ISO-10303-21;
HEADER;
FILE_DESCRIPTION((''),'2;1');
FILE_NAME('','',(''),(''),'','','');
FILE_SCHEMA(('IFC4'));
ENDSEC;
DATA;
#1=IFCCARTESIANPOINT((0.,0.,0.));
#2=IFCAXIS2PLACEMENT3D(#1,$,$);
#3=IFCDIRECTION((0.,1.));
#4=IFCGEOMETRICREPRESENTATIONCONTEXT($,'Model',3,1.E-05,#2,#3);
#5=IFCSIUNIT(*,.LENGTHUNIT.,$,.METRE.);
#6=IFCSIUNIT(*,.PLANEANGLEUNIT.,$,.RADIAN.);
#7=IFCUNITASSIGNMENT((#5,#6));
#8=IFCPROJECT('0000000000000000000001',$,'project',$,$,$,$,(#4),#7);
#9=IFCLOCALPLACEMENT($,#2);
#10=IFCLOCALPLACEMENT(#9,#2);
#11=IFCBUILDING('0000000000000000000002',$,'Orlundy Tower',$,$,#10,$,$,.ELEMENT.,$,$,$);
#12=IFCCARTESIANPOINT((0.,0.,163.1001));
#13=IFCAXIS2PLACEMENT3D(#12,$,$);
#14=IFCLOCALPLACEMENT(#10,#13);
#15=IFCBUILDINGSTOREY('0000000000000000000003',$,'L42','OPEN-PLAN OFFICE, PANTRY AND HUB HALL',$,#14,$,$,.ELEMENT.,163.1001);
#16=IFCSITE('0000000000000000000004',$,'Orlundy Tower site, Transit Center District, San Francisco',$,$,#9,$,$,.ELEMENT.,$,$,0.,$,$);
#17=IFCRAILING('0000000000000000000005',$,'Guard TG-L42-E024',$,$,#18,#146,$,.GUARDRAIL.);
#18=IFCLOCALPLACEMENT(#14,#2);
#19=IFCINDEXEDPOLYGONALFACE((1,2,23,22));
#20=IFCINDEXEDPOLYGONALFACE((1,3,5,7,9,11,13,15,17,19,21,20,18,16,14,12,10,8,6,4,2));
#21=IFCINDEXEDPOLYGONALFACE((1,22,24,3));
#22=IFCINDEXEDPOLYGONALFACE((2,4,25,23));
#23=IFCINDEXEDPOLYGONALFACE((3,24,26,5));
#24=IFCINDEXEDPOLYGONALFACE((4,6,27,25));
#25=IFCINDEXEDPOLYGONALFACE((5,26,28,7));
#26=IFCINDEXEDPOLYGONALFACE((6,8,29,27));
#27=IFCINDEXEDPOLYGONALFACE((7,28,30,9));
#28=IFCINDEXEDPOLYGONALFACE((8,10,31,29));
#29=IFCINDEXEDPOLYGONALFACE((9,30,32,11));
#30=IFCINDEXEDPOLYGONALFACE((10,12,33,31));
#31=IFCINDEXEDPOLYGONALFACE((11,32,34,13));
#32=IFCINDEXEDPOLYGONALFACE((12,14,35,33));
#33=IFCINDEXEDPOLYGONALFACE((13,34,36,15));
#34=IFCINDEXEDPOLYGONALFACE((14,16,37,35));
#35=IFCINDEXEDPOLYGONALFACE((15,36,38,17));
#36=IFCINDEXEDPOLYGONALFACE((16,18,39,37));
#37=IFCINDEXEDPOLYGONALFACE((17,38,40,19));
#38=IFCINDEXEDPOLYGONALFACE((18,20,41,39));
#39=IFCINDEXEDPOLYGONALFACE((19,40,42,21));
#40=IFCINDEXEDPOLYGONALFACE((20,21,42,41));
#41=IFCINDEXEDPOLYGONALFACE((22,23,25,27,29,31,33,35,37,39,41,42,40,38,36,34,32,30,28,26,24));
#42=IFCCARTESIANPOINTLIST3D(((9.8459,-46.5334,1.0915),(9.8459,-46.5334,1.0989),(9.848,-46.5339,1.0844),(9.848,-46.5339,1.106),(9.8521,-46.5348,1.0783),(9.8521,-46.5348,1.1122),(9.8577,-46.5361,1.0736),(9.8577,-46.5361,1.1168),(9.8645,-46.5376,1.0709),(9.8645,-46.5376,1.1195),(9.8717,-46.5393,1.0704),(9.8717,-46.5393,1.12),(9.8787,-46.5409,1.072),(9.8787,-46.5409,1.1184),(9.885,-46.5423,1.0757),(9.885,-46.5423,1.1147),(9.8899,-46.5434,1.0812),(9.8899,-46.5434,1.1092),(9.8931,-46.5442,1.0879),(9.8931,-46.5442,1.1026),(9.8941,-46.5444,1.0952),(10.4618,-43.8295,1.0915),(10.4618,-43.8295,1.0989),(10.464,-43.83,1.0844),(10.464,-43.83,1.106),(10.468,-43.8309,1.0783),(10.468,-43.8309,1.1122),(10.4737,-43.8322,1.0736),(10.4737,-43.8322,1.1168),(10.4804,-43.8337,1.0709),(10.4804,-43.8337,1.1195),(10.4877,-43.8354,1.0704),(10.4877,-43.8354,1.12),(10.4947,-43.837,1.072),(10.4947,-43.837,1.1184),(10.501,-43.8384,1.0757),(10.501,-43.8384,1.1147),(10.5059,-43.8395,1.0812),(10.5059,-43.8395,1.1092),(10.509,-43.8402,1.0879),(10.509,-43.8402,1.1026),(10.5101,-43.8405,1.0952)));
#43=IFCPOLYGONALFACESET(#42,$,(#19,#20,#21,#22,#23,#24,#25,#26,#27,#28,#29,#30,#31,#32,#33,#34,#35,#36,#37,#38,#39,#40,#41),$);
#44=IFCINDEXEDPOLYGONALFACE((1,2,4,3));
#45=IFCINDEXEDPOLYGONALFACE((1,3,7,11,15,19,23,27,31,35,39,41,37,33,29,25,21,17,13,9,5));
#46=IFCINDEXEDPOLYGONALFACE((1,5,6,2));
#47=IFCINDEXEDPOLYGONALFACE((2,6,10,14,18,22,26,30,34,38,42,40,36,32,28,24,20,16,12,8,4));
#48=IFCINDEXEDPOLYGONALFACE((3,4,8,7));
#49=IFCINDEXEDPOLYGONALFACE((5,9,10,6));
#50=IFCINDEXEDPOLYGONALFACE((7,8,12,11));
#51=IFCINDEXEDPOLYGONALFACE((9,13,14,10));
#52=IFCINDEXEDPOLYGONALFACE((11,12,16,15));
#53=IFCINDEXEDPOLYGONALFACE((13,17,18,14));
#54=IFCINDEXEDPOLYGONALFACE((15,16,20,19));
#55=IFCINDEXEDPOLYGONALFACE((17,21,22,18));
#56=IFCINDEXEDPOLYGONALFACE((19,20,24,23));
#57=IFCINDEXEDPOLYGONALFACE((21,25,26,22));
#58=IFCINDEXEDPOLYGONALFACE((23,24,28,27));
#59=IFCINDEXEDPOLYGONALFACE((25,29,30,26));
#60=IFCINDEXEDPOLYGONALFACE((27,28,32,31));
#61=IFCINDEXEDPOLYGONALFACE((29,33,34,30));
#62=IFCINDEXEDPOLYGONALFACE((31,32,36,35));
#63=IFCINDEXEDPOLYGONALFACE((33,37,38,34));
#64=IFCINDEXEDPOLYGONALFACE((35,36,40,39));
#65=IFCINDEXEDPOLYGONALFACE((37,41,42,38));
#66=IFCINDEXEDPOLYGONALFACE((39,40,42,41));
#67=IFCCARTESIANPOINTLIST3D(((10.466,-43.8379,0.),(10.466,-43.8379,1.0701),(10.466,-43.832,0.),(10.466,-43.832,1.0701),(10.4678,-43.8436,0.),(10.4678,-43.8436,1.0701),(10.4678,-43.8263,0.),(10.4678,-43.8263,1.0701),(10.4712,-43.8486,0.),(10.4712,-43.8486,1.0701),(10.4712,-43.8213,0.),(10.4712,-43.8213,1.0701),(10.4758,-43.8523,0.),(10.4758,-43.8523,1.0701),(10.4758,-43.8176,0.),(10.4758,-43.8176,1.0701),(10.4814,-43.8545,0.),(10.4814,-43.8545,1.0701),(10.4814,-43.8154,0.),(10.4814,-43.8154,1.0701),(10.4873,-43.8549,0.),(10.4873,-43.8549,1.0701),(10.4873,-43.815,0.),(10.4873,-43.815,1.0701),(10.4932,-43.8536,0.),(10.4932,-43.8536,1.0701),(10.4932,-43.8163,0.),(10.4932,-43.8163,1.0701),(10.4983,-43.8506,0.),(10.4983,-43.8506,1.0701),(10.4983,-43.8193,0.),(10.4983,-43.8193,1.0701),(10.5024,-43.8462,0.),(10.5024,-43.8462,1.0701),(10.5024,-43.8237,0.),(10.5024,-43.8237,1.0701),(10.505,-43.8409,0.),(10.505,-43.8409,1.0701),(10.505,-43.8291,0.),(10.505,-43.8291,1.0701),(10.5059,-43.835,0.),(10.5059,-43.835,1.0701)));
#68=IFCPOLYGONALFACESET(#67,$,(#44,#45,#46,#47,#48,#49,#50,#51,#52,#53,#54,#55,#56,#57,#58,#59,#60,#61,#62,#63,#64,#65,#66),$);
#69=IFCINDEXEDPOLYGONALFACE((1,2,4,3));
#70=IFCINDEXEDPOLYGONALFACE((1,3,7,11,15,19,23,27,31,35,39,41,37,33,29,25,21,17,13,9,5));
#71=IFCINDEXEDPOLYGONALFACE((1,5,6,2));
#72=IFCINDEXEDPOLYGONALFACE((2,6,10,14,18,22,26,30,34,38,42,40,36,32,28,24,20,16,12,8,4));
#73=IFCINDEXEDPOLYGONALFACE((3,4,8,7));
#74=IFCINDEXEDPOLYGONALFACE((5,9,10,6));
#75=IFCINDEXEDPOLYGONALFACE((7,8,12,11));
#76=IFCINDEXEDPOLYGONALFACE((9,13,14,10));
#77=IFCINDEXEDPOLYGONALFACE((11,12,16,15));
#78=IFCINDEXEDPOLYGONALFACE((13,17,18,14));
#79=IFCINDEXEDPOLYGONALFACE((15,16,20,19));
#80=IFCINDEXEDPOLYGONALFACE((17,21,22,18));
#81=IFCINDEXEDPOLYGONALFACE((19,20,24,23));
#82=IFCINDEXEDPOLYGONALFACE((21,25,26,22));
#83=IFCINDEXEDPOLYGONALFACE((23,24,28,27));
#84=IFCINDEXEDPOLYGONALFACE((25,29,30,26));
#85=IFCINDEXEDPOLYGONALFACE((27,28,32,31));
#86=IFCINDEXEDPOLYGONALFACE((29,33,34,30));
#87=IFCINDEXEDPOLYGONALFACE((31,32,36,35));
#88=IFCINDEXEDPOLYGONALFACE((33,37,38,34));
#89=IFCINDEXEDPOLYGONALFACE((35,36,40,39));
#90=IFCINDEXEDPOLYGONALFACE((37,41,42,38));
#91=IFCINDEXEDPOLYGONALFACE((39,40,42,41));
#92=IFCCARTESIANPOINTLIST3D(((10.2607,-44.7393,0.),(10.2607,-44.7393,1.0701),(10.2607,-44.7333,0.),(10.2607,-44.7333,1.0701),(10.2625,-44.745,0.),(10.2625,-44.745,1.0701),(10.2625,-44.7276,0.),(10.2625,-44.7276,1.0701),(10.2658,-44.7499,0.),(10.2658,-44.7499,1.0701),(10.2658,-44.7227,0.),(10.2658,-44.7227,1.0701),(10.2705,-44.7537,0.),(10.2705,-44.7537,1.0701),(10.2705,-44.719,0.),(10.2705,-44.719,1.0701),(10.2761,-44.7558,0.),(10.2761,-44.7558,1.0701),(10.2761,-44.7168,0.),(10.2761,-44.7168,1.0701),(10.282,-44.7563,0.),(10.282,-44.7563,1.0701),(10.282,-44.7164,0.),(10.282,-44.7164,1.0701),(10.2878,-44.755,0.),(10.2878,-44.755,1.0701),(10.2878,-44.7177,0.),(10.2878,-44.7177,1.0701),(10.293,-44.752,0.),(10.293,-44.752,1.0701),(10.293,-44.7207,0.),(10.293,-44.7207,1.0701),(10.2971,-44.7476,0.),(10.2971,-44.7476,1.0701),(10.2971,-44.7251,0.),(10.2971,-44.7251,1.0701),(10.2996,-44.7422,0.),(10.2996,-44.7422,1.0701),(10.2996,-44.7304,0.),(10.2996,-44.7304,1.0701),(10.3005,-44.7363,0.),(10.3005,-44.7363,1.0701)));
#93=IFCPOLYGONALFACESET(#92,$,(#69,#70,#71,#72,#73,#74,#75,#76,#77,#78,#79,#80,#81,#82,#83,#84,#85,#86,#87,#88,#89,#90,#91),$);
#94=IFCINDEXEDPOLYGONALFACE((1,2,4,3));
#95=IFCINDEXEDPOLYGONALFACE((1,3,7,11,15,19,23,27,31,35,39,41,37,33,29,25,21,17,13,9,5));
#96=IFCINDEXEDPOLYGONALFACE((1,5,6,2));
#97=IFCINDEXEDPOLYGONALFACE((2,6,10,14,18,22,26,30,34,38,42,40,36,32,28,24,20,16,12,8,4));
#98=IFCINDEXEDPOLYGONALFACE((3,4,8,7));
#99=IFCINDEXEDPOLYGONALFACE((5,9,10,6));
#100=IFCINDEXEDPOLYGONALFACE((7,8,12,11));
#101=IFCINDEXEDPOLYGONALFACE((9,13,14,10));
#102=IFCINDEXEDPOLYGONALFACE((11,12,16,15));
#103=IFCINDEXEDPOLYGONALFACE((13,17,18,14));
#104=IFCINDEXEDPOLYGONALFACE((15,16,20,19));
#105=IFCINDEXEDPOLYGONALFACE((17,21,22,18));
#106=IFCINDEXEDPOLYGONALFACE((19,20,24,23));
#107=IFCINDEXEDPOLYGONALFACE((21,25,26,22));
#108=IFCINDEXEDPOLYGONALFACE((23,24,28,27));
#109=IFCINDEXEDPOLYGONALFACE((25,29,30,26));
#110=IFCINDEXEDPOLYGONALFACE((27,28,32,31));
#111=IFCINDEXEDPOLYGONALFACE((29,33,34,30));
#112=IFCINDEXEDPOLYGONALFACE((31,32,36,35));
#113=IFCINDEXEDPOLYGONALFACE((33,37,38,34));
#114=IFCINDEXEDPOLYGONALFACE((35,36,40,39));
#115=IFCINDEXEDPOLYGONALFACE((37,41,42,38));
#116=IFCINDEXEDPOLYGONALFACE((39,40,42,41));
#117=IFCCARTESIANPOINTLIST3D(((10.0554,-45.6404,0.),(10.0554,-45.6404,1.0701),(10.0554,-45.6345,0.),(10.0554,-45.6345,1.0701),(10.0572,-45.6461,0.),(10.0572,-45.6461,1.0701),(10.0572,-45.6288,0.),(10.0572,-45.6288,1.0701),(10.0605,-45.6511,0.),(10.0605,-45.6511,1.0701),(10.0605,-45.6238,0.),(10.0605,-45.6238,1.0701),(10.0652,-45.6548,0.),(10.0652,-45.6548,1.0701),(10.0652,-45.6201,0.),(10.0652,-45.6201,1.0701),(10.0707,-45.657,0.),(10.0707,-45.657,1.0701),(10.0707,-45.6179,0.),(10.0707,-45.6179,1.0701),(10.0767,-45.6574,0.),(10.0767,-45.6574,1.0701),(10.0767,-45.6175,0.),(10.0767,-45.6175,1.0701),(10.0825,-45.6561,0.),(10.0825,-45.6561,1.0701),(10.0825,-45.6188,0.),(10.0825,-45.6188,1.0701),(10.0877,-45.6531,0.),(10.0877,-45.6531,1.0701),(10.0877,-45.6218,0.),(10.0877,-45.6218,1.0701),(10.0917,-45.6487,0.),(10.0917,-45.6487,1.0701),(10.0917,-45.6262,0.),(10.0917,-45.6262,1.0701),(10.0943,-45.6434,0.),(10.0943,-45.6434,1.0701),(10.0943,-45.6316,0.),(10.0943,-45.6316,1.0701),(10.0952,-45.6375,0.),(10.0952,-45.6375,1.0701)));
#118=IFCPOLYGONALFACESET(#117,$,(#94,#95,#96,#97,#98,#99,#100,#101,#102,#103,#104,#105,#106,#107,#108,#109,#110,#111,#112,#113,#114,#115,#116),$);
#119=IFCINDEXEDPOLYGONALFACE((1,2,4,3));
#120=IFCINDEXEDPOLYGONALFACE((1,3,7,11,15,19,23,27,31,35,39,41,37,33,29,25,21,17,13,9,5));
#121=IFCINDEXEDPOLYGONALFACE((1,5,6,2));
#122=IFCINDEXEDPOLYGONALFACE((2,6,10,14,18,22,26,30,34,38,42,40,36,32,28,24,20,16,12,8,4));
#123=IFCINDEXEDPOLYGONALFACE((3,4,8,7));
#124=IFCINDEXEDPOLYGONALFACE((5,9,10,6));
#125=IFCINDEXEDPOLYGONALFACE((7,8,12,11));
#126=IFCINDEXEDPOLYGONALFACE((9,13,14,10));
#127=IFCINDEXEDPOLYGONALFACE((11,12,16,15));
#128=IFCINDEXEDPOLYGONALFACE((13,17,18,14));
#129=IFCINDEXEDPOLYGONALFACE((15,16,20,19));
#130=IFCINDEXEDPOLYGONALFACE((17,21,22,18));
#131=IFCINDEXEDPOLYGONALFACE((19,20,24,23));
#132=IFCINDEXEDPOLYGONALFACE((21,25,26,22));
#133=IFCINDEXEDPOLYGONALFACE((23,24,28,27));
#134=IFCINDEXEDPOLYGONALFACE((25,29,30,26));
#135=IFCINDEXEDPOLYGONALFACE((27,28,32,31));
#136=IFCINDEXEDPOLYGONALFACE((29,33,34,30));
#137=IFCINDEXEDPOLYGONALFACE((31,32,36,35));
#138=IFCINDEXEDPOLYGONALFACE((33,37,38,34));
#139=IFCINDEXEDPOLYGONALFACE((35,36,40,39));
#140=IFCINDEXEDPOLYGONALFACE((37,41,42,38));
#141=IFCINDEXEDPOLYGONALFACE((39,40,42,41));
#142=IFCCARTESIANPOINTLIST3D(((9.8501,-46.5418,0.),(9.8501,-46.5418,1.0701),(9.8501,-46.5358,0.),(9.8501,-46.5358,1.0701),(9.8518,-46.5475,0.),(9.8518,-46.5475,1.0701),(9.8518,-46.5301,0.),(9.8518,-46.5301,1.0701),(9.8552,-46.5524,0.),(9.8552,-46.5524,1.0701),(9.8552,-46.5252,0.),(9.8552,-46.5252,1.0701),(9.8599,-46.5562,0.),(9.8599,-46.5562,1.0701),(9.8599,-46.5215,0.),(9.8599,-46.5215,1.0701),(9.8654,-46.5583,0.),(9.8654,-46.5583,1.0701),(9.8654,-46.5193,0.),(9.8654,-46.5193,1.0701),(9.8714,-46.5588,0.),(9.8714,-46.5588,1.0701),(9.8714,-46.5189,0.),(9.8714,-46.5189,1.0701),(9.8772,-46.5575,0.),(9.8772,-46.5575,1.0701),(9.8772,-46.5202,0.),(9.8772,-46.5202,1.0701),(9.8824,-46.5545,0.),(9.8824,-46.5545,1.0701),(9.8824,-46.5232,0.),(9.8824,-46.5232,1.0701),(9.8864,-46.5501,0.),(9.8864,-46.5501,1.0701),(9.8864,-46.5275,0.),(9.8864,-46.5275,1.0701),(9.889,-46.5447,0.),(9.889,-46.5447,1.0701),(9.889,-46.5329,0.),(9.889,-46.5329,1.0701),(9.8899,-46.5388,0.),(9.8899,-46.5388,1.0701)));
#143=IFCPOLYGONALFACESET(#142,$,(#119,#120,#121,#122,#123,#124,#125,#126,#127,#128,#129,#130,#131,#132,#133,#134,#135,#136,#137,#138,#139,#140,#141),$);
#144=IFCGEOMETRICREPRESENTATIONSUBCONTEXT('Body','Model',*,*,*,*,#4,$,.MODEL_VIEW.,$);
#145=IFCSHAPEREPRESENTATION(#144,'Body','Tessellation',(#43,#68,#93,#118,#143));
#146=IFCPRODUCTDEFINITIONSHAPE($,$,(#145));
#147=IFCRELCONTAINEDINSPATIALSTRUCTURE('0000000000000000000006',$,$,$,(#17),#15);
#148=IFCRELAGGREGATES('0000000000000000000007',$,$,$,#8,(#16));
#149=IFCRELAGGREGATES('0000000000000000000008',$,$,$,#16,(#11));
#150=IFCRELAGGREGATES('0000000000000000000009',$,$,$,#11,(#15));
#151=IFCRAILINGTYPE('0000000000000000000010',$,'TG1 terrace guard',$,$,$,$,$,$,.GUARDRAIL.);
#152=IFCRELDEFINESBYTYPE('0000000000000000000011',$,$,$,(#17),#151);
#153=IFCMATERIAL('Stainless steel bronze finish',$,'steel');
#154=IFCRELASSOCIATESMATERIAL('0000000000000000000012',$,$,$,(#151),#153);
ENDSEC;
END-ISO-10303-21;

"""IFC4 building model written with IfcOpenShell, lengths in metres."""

from ifc_helpers import new_model, si_unit, direction, frame, origin, origin_2d, place, context, subcontext, project, spatial, circle, extrude, material, type_object, element, save


model = new_model("IFC4")

# Units and contexts
model_context = context("Model", 3, precision=1e-05, world=origin(), true_north=direction((0.0, 1.0)))
body_context = subcontext(model_context, "Body", "Model", "MODEL_VIEW")
ifc_project = project(units=[si_unit("LENGTHUNIT", "METRE"), si_unit("PLANEANGLEUNIT", "RADIAN")], contexts=[model_context])

# Site, building, storey
site_placement = place(None, origin())
site = spatial("IfcSite", under=ifc_project, at=site_placement, Name="Orlundy Tower site, Transit Center District, San Francisco", CompositionType="ELEMENT", RefElevation=0.0)
building_placement = place(site_placement, origin())
building = spatial("IfcBuilding", under=site, at=building_placement, Name="Orlundy Tower", CompositionType="ELEMENT")
storey_placement = place(building_placement, frame((0.0, 0.0, 163.1001)))
storey = spatial("IfcBuildingStorey", under=building, at=storey_placement, Name="L42", Description="OPEN-PLAN OFFICE, PANTRY AND HUB HALL", CompositionType="ELEMENT", Elevation=163.1001)

# Railing
ifc_material_1 = material(Name="Stainless steel bronze finish", Category="steel")
railing_type = type_object("IfcRailingType", Name="TG1 terrace guard", PredefinedType="GUARDRAIL", material=ifc_material_1)
railing_1_placement = place(storey_placement, frame((10.4858, -43.835, 0.0)))
element("IfcRailing", 1, at=railing_1_placement, inside=storey, type_object=railing_type, Name="Guard TG-L42-E024", PredefinedType="GUARDRAIL", context=body_context, shape_type="SweptSolid", body=[
    extrude(circle(Radius=0.0249, at=origin_2d()), frame((0.0, 0.0, 1.0952), z_axis=(-0.22212, -0.975019, 0.0), x_axis=(0.975019, -0.22212, 0.0)), (0.0, 0.0, 1.0), 2.7732),
    extrude(circle(Radius=0.02, at=origin_2d()), origin(), (0.0, 0.0, 1.0), 1.0701),
    extrude(circle(Radius=0.02, at=origin_2d()), frame((-0.2053, -0.9014, 0.0)), (0.0, 0.0, 1.0), 1.0701),
    extrude(circle(Radius=0.02, at=origin_2d()), frame((-0.4106, -1.8025, 0.0)), (0.0, 0.0, 1.0), 1.0701),
    extrude(circle(Radius=0.02, at=origin_2d()), frame((-0.616, -2.7039, 0.0)), (0.0, 0.0, 1.0), 1.0701),
])

save(model, "model.ifc")
